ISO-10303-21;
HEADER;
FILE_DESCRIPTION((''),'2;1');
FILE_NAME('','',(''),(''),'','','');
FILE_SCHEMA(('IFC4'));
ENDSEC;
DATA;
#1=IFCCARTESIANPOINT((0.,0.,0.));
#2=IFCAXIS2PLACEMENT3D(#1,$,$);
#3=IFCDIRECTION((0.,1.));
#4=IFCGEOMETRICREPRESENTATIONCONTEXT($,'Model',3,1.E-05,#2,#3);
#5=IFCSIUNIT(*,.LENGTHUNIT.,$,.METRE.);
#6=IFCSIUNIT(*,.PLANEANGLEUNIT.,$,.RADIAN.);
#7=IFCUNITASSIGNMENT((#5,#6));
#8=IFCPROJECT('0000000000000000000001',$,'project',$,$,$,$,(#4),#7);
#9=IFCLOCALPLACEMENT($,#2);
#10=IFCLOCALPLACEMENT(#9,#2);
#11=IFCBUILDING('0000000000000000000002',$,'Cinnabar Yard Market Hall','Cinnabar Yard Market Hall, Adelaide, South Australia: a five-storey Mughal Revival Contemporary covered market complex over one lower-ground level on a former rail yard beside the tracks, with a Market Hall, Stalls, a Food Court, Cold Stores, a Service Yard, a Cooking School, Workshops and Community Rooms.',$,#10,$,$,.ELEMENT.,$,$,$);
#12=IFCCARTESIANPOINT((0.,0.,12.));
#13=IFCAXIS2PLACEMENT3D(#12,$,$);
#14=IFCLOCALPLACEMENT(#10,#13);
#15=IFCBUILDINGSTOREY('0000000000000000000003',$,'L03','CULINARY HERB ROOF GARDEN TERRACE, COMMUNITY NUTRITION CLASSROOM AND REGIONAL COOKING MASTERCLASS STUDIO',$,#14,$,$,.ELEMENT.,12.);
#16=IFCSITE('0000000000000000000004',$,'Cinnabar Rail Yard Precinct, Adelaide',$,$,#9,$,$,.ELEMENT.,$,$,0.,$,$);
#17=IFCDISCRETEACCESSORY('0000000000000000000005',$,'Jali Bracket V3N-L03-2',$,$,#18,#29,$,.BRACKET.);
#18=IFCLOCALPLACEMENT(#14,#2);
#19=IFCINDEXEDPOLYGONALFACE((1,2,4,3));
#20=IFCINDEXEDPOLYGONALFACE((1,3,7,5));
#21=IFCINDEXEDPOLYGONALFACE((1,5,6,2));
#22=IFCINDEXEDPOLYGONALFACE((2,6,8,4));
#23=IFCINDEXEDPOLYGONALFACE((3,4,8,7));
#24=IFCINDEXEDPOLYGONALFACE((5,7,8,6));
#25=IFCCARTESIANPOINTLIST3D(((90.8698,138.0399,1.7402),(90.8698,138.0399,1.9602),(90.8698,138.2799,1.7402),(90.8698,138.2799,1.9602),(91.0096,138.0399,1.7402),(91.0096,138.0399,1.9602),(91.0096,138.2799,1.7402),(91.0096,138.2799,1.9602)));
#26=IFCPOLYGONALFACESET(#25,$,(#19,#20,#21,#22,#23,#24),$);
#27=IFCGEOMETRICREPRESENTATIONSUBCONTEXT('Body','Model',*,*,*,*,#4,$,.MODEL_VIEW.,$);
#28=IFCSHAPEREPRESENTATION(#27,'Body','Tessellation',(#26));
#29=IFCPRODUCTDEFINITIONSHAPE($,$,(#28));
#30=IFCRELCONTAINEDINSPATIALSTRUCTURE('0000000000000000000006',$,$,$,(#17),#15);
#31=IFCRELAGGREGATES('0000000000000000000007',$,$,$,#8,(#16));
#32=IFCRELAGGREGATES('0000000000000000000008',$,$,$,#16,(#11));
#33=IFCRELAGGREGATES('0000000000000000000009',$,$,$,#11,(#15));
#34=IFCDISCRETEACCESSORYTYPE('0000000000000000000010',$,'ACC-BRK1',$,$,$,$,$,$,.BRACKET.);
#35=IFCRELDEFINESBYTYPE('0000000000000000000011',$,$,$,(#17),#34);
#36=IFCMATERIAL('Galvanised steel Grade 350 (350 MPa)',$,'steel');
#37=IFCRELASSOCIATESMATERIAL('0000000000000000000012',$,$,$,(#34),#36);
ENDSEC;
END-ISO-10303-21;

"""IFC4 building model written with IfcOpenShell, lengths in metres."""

from ifc_helpers import new_model, si_unit, direction, frame, origin, origin_2d_with_axis, place, context, subcontext, project, spatial, rectangle, extrude, material, type_object, element, save


model = new_model("IFC4")

# Units and contexts
model_context = context("Model", 3, precision=1e-05, world=origin(), true_north=direction((0.0, 1.0)))
body_context = subcontext(model_context, "Body", "Model", "MODEL_VIEW")
ifc_project = project(units=[si_unit("LENGTHUNIT", "METRE"), si_unit("PLANEANGLEUNIT", "RADIAN")], contexts=[model_context])

# Site, building, storey
site_placement = place(None, origin())
site = spatial("IfcSite", under=ifc_project, at=site_placement, Name="Cinnabar Rail Yard Precinct, Adelaide", CompositionType="ELEMENT", RefElevation=0.0)
building_placement = place(site_placement, origin())
building = spatial("IfcBuilding", under=site, at=building_placement, Name="Cinnabar Yard Market Hall", Description="Cinnabar Yard Market Hall, Adelaide, South Australia: a five-storey Mughal Revival Contemporary covered market complex over one lower-ground level on a former rail yard beside the tracks, with a Market Hall, Stalls, a Food Court, Cold Stores, a Service Yard, a Cooking School, Workshops and Community Rooms.", CompositionType="ELEMENT")
storey_placement = place(building_placement, frame((0.0, 0.0, 12.0)))
storey = spatial("IfcBuildingStorey", under=building, at=storey_placement, Name="L03", Description="CULINARY HERB ROOF GARDEN TERRACE, COMMUNITY NUTRITION CLASSROOM AND REGIONAL COOKING MASTERCLASS STUDIO", CompositionType="ELEMENT", Elevation=12.0)

# Discrete accessory
ifc_material_1 = material(Name="Galvanised steel Grade 350 (350 MPa)", Category="steel")
discrete_accessory_type = type_object("IfcDiscreteAccessoryType", Name="ACC-BRK1", PredefinedType="BRACKET", material=ifc_material_1)
discrete_accessory_placement = place(storey_placement, frame((90.9397, 138.1599, 1.7402), z_axis=(0.0, 0.0, 1.0), x_axis=(1.0, 0.0, 0.0)))
element("IfcDiscreteAccessory", 1, at=discrete_accessory_placement, inside=storey, type_object=discrete_accessory_type, Name="Jali Bracket V3N-L03-2", PredefinedType="BRACKET", context=body_context, shape_type="SweptSolid", body=[
    extrude(rectangle(XDim=0.1399, YDim=0.24, at=origin_2d_with_axis()), origin(), (0.0, 0.0, 1.0), 0.22),
])

save(model, "model.ifc")
